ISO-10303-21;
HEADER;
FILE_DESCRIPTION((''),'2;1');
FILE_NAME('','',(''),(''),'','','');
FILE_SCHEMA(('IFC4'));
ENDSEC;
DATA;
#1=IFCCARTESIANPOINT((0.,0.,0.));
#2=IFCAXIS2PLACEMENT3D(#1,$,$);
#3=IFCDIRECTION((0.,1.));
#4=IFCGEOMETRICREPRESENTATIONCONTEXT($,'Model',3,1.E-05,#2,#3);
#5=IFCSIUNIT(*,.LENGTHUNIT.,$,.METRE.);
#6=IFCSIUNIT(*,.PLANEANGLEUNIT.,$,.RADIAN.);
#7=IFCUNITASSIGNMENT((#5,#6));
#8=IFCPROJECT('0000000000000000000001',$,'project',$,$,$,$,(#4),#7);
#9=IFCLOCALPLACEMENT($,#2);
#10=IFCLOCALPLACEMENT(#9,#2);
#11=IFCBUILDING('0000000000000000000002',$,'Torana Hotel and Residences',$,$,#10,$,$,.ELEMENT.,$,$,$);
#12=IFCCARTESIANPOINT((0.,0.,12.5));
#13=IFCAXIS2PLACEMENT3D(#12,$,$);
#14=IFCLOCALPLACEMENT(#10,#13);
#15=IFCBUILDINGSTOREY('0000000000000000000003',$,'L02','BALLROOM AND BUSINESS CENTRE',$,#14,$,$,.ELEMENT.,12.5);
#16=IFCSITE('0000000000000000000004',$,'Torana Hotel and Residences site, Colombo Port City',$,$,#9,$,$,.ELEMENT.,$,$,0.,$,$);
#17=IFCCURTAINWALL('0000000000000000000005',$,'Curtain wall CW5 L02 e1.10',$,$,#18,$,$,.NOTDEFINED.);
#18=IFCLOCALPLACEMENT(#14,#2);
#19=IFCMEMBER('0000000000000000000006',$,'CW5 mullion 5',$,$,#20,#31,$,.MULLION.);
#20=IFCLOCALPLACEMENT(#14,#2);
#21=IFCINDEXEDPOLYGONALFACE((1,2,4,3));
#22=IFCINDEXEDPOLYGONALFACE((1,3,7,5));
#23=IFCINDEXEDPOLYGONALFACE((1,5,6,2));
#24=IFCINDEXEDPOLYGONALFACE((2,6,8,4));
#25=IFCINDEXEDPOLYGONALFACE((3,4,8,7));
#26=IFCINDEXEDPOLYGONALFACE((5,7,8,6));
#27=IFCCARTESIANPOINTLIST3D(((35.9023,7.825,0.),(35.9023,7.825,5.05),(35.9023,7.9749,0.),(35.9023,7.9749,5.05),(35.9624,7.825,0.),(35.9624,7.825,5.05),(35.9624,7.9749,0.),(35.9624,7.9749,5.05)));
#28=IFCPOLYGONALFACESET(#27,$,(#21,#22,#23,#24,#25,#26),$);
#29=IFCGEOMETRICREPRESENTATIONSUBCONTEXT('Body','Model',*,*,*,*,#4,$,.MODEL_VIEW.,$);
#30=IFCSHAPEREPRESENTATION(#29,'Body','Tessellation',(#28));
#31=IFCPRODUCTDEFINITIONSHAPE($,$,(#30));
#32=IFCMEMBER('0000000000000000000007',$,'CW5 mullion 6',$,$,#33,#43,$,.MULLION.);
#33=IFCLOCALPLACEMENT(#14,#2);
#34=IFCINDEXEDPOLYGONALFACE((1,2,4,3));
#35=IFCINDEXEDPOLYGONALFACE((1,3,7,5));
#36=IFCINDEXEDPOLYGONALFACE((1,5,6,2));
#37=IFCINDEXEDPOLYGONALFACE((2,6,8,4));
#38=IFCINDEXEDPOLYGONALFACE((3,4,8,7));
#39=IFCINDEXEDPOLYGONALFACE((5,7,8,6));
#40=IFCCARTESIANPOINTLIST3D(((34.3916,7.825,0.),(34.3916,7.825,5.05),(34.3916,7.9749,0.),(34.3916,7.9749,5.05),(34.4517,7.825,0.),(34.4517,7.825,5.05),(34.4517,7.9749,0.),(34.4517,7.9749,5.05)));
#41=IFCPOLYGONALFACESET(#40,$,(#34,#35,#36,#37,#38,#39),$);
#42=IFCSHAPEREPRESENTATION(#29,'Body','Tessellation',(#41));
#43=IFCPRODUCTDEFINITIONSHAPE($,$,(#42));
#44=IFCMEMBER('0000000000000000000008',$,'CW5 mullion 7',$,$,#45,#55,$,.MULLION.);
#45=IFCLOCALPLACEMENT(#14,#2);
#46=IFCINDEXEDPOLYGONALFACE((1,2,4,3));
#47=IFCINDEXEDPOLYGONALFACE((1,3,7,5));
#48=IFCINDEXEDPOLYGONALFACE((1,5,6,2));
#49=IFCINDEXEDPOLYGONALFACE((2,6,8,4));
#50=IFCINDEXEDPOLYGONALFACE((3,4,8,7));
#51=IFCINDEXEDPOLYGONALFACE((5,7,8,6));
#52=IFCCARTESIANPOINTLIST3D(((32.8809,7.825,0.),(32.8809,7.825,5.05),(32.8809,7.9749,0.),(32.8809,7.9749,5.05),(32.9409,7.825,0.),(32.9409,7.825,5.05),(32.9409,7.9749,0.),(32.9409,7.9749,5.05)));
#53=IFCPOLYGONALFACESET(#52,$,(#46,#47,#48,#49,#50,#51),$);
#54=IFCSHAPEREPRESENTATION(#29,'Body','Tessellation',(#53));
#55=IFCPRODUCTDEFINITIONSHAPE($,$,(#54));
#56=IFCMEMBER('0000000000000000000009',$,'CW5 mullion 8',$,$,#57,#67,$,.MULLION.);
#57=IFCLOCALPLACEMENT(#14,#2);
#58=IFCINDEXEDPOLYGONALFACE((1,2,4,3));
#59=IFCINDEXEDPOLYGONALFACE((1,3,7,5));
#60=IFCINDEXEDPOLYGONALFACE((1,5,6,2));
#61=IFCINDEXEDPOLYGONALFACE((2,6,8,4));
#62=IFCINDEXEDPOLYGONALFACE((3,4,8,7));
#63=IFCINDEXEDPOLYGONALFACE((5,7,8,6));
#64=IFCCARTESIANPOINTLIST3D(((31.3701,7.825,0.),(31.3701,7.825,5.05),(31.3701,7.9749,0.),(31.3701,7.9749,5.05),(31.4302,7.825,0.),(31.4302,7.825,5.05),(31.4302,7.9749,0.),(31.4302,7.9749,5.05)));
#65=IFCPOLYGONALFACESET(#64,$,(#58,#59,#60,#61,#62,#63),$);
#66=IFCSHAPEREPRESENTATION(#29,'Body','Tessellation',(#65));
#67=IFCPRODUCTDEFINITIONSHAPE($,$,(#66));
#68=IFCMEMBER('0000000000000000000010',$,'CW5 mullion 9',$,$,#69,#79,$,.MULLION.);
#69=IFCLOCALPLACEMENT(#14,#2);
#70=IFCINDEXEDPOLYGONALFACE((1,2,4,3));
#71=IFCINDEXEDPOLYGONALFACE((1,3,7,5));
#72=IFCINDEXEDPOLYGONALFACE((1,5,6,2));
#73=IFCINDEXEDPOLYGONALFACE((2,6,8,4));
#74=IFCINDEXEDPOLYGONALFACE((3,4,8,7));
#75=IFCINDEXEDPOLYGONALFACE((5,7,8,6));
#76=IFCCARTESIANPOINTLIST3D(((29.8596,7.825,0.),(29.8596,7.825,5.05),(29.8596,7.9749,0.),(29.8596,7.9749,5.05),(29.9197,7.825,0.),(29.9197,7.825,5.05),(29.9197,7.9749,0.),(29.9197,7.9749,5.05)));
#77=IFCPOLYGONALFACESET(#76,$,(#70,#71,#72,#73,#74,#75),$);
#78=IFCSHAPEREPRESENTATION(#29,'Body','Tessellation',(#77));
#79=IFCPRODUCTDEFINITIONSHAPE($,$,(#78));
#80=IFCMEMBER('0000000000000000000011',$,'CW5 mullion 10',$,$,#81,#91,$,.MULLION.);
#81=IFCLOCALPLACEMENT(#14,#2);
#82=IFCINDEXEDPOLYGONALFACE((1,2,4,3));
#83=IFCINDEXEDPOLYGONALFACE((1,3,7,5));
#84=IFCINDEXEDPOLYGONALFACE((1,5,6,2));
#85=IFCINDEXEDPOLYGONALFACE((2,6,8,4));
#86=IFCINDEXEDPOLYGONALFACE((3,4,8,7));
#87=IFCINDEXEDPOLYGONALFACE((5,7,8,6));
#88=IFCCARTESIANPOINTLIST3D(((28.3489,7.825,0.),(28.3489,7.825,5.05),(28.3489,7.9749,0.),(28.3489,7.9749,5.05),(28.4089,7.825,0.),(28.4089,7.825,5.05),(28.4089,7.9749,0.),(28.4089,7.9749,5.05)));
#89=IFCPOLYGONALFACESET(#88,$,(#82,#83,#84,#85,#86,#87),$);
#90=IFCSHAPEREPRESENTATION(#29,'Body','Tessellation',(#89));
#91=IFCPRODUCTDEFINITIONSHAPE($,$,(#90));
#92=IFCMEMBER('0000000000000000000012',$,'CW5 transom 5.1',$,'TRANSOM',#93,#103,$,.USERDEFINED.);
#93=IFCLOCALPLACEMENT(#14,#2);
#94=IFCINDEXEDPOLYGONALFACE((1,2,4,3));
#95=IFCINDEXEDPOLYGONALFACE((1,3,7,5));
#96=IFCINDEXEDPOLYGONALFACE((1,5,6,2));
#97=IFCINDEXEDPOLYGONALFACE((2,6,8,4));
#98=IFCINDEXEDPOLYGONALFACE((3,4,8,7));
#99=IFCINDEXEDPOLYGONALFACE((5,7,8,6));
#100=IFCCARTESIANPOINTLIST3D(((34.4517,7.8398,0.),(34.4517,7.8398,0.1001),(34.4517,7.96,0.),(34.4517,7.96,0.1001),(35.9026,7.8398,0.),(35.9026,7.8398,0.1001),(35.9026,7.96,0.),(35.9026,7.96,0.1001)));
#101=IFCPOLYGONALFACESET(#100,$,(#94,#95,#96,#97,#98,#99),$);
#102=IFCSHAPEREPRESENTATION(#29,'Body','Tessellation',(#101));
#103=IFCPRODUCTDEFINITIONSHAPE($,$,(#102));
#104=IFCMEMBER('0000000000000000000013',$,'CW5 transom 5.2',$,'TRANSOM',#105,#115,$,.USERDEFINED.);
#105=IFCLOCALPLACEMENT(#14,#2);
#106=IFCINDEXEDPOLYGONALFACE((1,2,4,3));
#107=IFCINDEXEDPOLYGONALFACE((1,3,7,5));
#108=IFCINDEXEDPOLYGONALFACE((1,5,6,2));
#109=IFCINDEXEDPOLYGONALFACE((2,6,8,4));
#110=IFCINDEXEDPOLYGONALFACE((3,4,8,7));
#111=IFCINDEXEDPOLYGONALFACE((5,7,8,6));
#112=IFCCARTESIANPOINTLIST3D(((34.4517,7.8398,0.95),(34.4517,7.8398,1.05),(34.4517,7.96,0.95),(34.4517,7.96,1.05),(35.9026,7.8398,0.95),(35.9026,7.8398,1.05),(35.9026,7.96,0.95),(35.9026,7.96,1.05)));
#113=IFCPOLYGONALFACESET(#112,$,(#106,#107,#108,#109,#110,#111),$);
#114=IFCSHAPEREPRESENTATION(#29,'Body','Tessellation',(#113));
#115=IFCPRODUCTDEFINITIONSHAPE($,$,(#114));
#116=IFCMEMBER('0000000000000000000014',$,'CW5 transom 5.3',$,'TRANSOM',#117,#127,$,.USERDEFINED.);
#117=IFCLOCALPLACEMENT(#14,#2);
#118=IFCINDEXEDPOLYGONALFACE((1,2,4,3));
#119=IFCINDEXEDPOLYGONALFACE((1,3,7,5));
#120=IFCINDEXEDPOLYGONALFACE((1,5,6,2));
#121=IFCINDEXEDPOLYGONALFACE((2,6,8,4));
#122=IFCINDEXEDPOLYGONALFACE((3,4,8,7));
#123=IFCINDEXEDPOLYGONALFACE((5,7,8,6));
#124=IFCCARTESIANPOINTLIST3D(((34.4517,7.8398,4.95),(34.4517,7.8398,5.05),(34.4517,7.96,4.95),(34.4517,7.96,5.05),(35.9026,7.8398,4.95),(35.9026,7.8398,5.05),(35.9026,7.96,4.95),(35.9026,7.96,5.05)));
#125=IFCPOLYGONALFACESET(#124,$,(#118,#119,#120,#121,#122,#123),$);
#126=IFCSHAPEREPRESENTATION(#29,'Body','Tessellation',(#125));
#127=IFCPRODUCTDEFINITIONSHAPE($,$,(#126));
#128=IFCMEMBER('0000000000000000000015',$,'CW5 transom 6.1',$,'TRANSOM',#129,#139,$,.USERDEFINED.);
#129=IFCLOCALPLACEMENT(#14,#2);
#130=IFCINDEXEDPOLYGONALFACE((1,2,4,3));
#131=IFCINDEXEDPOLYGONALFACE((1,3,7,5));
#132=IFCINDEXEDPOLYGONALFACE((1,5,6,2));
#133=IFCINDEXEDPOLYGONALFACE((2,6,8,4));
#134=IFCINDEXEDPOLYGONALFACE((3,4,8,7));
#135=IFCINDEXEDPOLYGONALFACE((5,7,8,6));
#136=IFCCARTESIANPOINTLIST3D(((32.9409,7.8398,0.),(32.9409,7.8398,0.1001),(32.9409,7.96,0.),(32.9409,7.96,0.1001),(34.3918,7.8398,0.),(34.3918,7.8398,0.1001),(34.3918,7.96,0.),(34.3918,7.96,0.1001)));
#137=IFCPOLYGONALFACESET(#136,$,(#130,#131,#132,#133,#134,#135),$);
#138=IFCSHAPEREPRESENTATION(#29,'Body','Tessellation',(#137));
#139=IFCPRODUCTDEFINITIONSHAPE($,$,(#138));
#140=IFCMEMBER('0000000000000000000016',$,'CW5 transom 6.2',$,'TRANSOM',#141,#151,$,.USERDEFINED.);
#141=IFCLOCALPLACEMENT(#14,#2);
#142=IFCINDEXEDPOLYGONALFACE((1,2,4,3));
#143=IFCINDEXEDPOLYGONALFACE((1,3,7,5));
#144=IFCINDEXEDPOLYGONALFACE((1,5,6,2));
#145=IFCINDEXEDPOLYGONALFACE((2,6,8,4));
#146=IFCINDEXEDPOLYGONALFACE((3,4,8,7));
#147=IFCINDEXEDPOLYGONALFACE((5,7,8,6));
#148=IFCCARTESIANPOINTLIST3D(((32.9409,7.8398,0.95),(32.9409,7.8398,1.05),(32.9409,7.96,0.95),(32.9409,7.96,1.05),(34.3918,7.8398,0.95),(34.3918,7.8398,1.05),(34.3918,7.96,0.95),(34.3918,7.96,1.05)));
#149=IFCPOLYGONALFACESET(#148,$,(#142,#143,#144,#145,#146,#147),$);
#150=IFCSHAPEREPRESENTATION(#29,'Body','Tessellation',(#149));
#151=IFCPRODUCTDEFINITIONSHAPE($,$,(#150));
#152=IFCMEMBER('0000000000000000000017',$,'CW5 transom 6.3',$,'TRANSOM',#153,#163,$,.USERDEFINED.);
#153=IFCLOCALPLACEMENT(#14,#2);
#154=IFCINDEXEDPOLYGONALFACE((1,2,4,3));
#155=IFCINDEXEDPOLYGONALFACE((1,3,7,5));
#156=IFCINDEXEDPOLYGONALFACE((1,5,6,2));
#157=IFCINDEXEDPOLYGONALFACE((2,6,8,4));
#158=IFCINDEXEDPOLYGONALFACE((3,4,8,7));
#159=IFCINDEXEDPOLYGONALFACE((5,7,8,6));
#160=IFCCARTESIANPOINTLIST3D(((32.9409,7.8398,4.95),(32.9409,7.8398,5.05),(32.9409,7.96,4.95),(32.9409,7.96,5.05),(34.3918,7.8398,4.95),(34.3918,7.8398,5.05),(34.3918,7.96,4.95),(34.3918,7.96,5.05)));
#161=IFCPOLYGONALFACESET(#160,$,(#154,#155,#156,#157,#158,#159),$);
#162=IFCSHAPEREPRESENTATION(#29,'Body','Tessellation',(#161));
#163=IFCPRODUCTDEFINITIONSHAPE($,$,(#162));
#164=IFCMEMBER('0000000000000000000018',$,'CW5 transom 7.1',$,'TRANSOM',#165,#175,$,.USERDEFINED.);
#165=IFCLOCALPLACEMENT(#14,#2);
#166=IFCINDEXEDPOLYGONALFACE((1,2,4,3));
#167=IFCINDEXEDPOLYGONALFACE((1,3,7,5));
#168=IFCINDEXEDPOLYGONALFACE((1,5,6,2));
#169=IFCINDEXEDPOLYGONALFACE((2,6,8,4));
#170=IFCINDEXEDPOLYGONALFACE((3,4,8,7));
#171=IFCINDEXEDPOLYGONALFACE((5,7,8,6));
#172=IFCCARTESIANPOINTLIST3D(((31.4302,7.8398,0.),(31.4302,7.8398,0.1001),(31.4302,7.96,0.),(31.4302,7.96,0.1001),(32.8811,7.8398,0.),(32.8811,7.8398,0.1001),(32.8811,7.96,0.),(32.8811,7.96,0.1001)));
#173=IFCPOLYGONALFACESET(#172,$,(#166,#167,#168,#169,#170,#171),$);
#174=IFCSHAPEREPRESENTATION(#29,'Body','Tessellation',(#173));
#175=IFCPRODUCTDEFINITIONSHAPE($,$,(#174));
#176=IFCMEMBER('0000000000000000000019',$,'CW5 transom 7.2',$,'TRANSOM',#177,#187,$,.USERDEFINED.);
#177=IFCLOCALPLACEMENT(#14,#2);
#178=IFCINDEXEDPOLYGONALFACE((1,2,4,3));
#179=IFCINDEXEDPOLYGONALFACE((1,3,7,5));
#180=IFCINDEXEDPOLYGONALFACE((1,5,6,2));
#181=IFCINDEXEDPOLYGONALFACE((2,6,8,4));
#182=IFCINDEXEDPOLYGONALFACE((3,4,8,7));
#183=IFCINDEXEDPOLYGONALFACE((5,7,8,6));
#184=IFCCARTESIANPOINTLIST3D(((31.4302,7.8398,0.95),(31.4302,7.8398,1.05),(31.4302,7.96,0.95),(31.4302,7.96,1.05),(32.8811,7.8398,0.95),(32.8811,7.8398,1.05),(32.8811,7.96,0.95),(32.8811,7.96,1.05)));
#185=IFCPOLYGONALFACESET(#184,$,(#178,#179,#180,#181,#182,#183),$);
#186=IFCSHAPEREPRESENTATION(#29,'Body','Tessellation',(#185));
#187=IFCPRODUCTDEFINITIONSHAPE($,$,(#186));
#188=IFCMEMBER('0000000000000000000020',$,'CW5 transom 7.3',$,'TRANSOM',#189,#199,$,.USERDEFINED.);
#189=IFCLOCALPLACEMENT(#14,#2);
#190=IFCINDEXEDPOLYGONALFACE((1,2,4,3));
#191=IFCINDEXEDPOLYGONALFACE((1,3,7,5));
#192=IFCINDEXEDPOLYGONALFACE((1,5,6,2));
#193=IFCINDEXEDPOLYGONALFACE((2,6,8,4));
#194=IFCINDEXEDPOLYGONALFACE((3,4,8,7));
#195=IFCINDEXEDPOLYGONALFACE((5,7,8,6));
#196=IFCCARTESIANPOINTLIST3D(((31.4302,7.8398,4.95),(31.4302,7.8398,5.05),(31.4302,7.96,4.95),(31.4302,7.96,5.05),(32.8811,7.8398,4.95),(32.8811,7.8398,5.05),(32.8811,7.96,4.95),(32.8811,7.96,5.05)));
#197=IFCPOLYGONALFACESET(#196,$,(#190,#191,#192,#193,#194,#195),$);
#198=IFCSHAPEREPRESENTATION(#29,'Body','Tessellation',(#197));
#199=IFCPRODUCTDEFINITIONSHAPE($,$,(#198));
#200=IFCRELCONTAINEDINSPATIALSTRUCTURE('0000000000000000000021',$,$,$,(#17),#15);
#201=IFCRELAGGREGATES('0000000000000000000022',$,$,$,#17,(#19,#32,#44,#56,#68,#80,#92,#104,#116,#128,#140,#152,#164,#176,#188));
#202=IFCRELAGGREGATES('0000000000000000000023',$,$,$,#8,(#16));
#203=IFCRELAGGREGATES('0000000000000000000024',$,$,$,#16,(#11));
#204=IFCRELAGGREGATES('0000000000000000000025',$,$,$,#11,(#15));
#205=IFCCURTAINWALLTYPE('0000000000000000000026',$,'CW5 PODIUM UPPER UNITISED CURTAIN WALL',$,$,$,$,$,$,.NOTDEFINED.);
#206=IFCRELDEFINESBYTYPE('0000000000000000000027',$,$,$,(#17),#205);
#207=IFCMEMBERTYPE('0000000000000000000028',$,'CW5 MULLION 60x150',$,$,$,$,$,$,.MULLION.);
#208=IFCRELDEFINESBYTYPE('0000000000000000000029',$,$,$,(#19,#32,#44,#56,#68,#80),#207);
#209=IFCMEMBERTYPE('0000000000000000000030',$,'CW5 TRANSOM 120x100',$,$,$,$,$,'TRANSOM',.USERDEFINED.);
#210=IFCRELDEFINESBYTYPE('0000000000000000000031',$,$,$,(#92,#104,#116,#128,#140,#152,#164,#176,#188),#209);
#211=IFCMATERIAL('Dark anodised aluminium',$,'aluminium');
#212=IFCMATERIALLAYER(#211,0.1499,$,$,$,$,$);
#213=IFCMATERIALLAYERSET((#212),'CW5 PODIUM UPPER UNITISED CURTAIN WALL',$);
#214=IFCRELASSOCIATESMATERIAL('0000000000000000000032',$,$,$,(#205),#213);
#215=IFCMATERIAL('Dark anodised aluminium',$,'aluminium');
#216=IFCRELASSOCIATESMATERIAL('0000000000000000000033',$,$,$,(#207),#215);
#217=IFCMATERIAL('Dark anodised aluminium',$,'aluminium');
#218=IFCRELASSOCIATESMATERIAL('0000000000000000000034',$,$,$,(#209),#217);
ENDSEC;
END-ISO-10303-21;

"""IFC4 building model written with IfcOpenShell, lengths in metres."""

from ifc_helpers import new_model, si_unit, direction, frame, origin, origin_2d, place, context, subcontext, project, spatial, rectangle, extrude, material, layer, layer_set, material_profile, profile_set, type_object, element, aggregate, save


model = new_model("IFC4")

# Units and contexts
model_context = context("Model", 3, precision=1e-05, world=origin(), true_north=direction((0.0, 1.0)))
body_context = subcontext(model_context, "Body", "Model", "MODEL_VIEW")
ifc_project = project(units=[si_unit("LENGTHUNIT", "METRE"), si_unit("PLANEANGLEUNIT", "RADIAN")], contexts=[model_context])

# Site, building, storey
site_placement = place(None, origin())
site = spatial("IfcSite", under=ifc_project, at=site_placement, Name="Torana Hotel and Residences site, Colombo Port City", CompositionType="ELEMENT", RefElevation=0.0)
building_placement = place(site_placement, origin())
building = spatial("IfcBuilding", under=site, at=building_placement, Name="Torana Hotel and Residences", CompositionType="ELEMENT")
storey_placement = place(building_placement, frame((0.0, 0.0, 12.5)))
storey = spatial("IfcBuildingStorey", under=building, at=storey_placement, Name="L02", Description="BALLROOM AND BUSINESS CENTRE", CompositionType="ELEMENT", Elevation=12.5)

# Curtain wall, members
ifc_material_1 = material(Name="Dark anodised aluminium", Category="aluminium")
ifc_layer_1 = layer(ifc_material_1, 0.1499)
ifc_layer_set_1 = layer_set([ifc_layer_1], Name="CW5 PODIUM UPPER UNITISED CURTAIN WALL")
curtain_wall_type = type_object("IfcCurtainWallType", Name="CW5 PODIUM UPPER UNITISED CURTAIN WALL", PredefinedType="NOTDEFINED", material=ifc_layer_set_1)
curtain_wall_placement = place(storey_placement, origin())
curtain_wall = element("IfcCurtainWall", 1, at=curtain_wall_placement, inside=storey, type_object=curtain_wall_type, Name="Curtain wall CW5 L02 e1.10", PredefinedType="NOTDEFINED")
ifc_material_2 = material(Name="Dark anodised aluminium", Category="aluminium")
ifc_material_profile_1 = material_profile(ifc_material_2, rectangle(XDim=0.1499, YDim=0.0601, at=origin_2d()), Name="CW5 MULLION 60x150")
ifc_profile_set_1 = profile_set([ifc_material_profile_1], Name="Dark anodised aluminium")
member_type_1 = type_object("IfcMemberType", Name="CW5 MULLION 60x150", PredefinedType="MULLION", material=ifc_profile_set_1)
member_1_placement = place(storey_placement, frame((35.9324, 7.8999, 0.0), z_axis=(0.0, 0.0, 1.0), x_axis=(0.0, -1.0, 0.0)))
member_1 = element("IfcMember", 2, at=member_1_placement, type_object=member_type_1, Name="CW5 mullion 5", PredefinedType="MULLION", context=body_context, shape_type="SweptSolid", body=[
    extrude(rectangle(XDim=0.1499, YDim=0.0601, at=origin_2d()), origin(), (0.0, 0.0, 1.0), 5.05),
])
member_2_placement = place(storey_placement, frame((34.4216, 7.8999, 0.0), z_axis=(0.0, 0.0, 1.0), x_axis=(0.0, -1.0, 0.0)))
member_2 = element("IfcMember", 3, at=member_2_placement, type_object=member_type_1, Name="CW5 mullion 6", PredefinedType="MULLION", context=body_context, shape_type="SweptSolid", body=[
    extrude(rectangle(XDim=0.1499, YDim=0.0601, at=origin_2d()), origin(), (0.0, 0.0, 1.0), 5.05),
])
member_3_placement = place(storey_placement, frame((32.9109, 7.8999, 0.0), z_axis=(0.0, 0.0, 1.0), x_axis=(0.0, -1.0, 0.0)))
member_3 = element("IfcMember", 4, at=member_3_placement, type_object=member_type_1, Name="CW5 mullion 7", PredefinedType="MULLION", context=body_context, shape_type="SweptSolid", body=[
    extrude(rectangle(XDim=0.1499, YDim=0.0601, at=origin_2d()), origin(), (0.0, 0.0, 1.0), 5.05),
])
member_4_placement = place(storey_placement, frame((31.4001, 7.8999, 0.0), z_axis=(0.0, 0.0, 1.0), x_axis=(0.0, -1.0, 0.0)))
member_4 = element("IfcMember", 5, at=member_4_placement, type_object=member_type_1, Name="CW5 mullion 8", PredefinedType="MULLION", context=body_context, shape_type="SweptSolid", body=[
    extrude(rectangle(XDim=0.1499, YDim=0.0601, at=origin_2d()), origin(), (0.0, 0.0, 1.0), 5.05),
])
member_5_placement = place(storey_placement, frame((29.8896, 7.8999, 0.0), z_axis=(0.0, 0.0, 1.0), x_axis=(0.0, -1.0, 0.0)))
member_5 = element("IfcMember", 6, at=member_5_placement, type_object=member_type_1, Name="CW5 mullion 9", PredefinedType="MULLION", context=body_context, shape_type="SweptSolid", body=[
    extrude(rectangle(XDim=0.1499, YDim=0.0601, at=origin_2d()), origin(), (0.0, 0.0, 1.0), 5.05),
])
member_6_placement = place(storey_placement, frame((28.3789, 7.8999, 0.0), z_axis=(0.0, 0.0, 1.0), x_axis=(0.0, -1.0, 0.0)))
member_6 = element("IfcMember", 7, at=member_6_placement, type_object=member_type_1, Name="CW5 mullion 10", PredefinedType="MULLION", context=body_context, shape_type="SweptSolid", body=[
    extrude(rectangle(XDim=0.1499, YDim=0.0601, at=origin_2d()), origin(), (0.0, 0.0, 1.0), 5.05),
])
ifc_material_3 = material(Name="Dark anodised aluminium", Category="aluminium")
ifc_material_profile_2 = material_profile(ifc_material_3, rectangle(XDim=0.1201, YDim=0.1001, at=origin_2d()), Name="CW5 TRANSOM 120x100")
ifc_profile_set_2 = profile_set([ifc_material_profile_2], Name="Dark anodised aluminium")
member_type_2 = type_object("IfcMemberType", Name="CW5 TRANSOM 120x100", ElementType="TRANSOM", PredefinedType="USERDEFINED", material=ifc_profile_set_2)
member_7_placement = place(storey_placement, frame((35.9026, 7.8999, 0.05), z_axis=(-1.0, 0.0, 0.0), x_axis=(0.0, -1.0, 0.0)))
member_7 = element("IfcMember", 8, at=member_7_placement, type_object=member_type_2, Name="CW5 transom 5.1", ObjectType="TRANSOM", PredefinedType="USERDEFINED", context=body_context, shape_type="SweptSolid", body=[
    extrude(rectangle(XDim=0.1201, YDim=0.1001, at=origin_2d()), origin(), (0.0, 0.0, 1.0), 1.4509),
])
member_8_placement = place(storey_placement, frame((35.9026, 7.8999, 1.0), z_axis=(-1.0, 0.0, 0.0), x_axis=(0.0, -1.0, 0.0)))
member_8 = element("IfcMember", 9, at=member_8_placement, type_object=member_type_2, Name="CW5 transom 5.2", ObjectType="TRANSOM", PredefinedType="USERDEFINED", context=body_context, shape_type="SweptSolid", body=[
    extrude(rectangle(XDim=0.1201, YDim=0.1001, at=origin_2d()), origin(), (0.0, 0.0, 1.0), 1.4509),
])
member_9_placement = place(storey_placement, frame((35.9026, 7.8999, 5.0), z_axis=(-1.0, 0.0, 0.0), x_axis=(0.0, -1.0, 0.0)))
member_9 = element("IfcMember", 10, at=member_9_placement, type_object=member_type_2, Name="CW5 transom 5.3", ObjectType="TRANSOM", PredefinedType="USERDEFINED", context=body_context, shape_type="SweptSolid", body=[
    extrude(rectangle(XDim=0.1201, YDim=0.1001, at=origin_2d()), origin(), (0.0, 0.0, 1.0), 1.4509),
])
member_10_placement = place(storey_placement, frame((34.3918, 7.8999, 0.05), z_axis=(-1.0, 0.0, 0.0), x_axis=(0.0, -1.0, 0.0)))
member_10 = element("IfcMember", 11, at=member_10_placement, type_object=member_type_2, Name="CW5 transom 6.1", ObjectType="TRANSOM", PredefinedType="USERDEFINED", context=body_context, shape_type="SweptSolid", body=[
    extrude(rectangle(XDim=0.1201, YDim=0.1001, at=origin_2d()), origin(), (0.0, 0.0, 1.0), 1.4509),
])
member_11_placement = place(storey_placement, frame((34.3918, 7.8999, 1.0), z_axis=(-1.0, 0.0, 0.0), x_axis=(0.0, -1.0, 0.0)))
member_11 = element("IfcMember", 12, at=member_11_placement, type_object=member_type_2, Name="CW5 transom 6.2", ObjectType="TRANSOM", PredefinedType="USERDEFINED", context=body_context, shape_type="SweptSolid", body=[
    extrude(rectangle(XDim=0.1201, YDim=0.1001, at=origin_2d()), origin(), (0.0, 0.0, 1.0), 1.4509),
])
member_12_placement = place(storey_placement, frame((34.3918, 7.8999, 5.0), z_axis=(-1.0, 0.0, 0.0), x_axis=(0.0, -1.0, 0.0)))
member_12 = element("IfcMember", 13, at=member_12_placement, type_object=member_type_2, Name="CW5 transom 6.3", ObjectType="TRANSOM", PredefinedType="USERDEFINED", context=body_context, shape_type="SweptSolid", body=[
    extrude(rectangle(XDim=0.1201, YDim=0.1001, at=origin_2d()), origin(), (0.0, 0.0, 1.0), 1.4509),
])
member_13_placement = place(storey_placement, frame((32.8811, 7.8999, 0.05), z_axis=(-1.0, 0.0, 0.0), x_axis=(0.0, -1.0, 0.0)))
member_13 = element("IfcMember", 14, at=member_13_placement, type_object=member_type_2, Name="CW5 transom 7.1", ObjectType="TRANSOM", PredefinedType="USERDEFINED", context=body_context, shape_type="SweptSolid", body=[
    extrude(rectangle(XDim=0.1201, YDim=0.1001, at=origin_2d()), origin(), (0.0, 0.0, 1.0), 1.4509),
])
member_14_placement = place(storey_placement, frame((32.8811, 7.8999, 1.0), z_axis=(-1.0, 0.0, 0.0), x_axis=(0.0, -1.0, 0.0)))
member_14 = element("IfcMember", 15, at=member_14_placement, type_object=member_type_2, Name="CW5 transom 7.2", ObjectType="TRANSOM", PredefinedType="USERDEFINED", context=body_context, shape_type="SweptSolid", body=[
    extrude(rectangle(XDim=0.1201, YDim=0.1001, at=origin_2d()), origin(), (0.0, 0.0, 1.0), 1.4509),
])
member_15_placement = place(storey_placement, frame((32.8811, 7.8999, 5.0), z_axis=(-1.0, 0.0, 0.0), x_axis=(0.0, -1.0, 0.0)))
member_15 = element("IfcMember", 16, at=member_15_placement, type_object=member_type_2, Name="CW5 transom 7.3", ObjectType="TRANSOM", PredefinedType="USERDEFINED", context=body_context, shape_type="SweptSolid", body=[
    extrude(rectangle(XDim=0.1201, YDim=0.1001, at=origin_2d()), origin(), (0.0, 0.0, 1.0), 1.4509),
])
aggregate(curtain_wall, [member_1, member_2, member_3, member_4, member_5, member_6, member_7, member_8, member_9, member_10, member_11, member_12, member_13, member_14, member_15])

save(model, "model.ifc")
